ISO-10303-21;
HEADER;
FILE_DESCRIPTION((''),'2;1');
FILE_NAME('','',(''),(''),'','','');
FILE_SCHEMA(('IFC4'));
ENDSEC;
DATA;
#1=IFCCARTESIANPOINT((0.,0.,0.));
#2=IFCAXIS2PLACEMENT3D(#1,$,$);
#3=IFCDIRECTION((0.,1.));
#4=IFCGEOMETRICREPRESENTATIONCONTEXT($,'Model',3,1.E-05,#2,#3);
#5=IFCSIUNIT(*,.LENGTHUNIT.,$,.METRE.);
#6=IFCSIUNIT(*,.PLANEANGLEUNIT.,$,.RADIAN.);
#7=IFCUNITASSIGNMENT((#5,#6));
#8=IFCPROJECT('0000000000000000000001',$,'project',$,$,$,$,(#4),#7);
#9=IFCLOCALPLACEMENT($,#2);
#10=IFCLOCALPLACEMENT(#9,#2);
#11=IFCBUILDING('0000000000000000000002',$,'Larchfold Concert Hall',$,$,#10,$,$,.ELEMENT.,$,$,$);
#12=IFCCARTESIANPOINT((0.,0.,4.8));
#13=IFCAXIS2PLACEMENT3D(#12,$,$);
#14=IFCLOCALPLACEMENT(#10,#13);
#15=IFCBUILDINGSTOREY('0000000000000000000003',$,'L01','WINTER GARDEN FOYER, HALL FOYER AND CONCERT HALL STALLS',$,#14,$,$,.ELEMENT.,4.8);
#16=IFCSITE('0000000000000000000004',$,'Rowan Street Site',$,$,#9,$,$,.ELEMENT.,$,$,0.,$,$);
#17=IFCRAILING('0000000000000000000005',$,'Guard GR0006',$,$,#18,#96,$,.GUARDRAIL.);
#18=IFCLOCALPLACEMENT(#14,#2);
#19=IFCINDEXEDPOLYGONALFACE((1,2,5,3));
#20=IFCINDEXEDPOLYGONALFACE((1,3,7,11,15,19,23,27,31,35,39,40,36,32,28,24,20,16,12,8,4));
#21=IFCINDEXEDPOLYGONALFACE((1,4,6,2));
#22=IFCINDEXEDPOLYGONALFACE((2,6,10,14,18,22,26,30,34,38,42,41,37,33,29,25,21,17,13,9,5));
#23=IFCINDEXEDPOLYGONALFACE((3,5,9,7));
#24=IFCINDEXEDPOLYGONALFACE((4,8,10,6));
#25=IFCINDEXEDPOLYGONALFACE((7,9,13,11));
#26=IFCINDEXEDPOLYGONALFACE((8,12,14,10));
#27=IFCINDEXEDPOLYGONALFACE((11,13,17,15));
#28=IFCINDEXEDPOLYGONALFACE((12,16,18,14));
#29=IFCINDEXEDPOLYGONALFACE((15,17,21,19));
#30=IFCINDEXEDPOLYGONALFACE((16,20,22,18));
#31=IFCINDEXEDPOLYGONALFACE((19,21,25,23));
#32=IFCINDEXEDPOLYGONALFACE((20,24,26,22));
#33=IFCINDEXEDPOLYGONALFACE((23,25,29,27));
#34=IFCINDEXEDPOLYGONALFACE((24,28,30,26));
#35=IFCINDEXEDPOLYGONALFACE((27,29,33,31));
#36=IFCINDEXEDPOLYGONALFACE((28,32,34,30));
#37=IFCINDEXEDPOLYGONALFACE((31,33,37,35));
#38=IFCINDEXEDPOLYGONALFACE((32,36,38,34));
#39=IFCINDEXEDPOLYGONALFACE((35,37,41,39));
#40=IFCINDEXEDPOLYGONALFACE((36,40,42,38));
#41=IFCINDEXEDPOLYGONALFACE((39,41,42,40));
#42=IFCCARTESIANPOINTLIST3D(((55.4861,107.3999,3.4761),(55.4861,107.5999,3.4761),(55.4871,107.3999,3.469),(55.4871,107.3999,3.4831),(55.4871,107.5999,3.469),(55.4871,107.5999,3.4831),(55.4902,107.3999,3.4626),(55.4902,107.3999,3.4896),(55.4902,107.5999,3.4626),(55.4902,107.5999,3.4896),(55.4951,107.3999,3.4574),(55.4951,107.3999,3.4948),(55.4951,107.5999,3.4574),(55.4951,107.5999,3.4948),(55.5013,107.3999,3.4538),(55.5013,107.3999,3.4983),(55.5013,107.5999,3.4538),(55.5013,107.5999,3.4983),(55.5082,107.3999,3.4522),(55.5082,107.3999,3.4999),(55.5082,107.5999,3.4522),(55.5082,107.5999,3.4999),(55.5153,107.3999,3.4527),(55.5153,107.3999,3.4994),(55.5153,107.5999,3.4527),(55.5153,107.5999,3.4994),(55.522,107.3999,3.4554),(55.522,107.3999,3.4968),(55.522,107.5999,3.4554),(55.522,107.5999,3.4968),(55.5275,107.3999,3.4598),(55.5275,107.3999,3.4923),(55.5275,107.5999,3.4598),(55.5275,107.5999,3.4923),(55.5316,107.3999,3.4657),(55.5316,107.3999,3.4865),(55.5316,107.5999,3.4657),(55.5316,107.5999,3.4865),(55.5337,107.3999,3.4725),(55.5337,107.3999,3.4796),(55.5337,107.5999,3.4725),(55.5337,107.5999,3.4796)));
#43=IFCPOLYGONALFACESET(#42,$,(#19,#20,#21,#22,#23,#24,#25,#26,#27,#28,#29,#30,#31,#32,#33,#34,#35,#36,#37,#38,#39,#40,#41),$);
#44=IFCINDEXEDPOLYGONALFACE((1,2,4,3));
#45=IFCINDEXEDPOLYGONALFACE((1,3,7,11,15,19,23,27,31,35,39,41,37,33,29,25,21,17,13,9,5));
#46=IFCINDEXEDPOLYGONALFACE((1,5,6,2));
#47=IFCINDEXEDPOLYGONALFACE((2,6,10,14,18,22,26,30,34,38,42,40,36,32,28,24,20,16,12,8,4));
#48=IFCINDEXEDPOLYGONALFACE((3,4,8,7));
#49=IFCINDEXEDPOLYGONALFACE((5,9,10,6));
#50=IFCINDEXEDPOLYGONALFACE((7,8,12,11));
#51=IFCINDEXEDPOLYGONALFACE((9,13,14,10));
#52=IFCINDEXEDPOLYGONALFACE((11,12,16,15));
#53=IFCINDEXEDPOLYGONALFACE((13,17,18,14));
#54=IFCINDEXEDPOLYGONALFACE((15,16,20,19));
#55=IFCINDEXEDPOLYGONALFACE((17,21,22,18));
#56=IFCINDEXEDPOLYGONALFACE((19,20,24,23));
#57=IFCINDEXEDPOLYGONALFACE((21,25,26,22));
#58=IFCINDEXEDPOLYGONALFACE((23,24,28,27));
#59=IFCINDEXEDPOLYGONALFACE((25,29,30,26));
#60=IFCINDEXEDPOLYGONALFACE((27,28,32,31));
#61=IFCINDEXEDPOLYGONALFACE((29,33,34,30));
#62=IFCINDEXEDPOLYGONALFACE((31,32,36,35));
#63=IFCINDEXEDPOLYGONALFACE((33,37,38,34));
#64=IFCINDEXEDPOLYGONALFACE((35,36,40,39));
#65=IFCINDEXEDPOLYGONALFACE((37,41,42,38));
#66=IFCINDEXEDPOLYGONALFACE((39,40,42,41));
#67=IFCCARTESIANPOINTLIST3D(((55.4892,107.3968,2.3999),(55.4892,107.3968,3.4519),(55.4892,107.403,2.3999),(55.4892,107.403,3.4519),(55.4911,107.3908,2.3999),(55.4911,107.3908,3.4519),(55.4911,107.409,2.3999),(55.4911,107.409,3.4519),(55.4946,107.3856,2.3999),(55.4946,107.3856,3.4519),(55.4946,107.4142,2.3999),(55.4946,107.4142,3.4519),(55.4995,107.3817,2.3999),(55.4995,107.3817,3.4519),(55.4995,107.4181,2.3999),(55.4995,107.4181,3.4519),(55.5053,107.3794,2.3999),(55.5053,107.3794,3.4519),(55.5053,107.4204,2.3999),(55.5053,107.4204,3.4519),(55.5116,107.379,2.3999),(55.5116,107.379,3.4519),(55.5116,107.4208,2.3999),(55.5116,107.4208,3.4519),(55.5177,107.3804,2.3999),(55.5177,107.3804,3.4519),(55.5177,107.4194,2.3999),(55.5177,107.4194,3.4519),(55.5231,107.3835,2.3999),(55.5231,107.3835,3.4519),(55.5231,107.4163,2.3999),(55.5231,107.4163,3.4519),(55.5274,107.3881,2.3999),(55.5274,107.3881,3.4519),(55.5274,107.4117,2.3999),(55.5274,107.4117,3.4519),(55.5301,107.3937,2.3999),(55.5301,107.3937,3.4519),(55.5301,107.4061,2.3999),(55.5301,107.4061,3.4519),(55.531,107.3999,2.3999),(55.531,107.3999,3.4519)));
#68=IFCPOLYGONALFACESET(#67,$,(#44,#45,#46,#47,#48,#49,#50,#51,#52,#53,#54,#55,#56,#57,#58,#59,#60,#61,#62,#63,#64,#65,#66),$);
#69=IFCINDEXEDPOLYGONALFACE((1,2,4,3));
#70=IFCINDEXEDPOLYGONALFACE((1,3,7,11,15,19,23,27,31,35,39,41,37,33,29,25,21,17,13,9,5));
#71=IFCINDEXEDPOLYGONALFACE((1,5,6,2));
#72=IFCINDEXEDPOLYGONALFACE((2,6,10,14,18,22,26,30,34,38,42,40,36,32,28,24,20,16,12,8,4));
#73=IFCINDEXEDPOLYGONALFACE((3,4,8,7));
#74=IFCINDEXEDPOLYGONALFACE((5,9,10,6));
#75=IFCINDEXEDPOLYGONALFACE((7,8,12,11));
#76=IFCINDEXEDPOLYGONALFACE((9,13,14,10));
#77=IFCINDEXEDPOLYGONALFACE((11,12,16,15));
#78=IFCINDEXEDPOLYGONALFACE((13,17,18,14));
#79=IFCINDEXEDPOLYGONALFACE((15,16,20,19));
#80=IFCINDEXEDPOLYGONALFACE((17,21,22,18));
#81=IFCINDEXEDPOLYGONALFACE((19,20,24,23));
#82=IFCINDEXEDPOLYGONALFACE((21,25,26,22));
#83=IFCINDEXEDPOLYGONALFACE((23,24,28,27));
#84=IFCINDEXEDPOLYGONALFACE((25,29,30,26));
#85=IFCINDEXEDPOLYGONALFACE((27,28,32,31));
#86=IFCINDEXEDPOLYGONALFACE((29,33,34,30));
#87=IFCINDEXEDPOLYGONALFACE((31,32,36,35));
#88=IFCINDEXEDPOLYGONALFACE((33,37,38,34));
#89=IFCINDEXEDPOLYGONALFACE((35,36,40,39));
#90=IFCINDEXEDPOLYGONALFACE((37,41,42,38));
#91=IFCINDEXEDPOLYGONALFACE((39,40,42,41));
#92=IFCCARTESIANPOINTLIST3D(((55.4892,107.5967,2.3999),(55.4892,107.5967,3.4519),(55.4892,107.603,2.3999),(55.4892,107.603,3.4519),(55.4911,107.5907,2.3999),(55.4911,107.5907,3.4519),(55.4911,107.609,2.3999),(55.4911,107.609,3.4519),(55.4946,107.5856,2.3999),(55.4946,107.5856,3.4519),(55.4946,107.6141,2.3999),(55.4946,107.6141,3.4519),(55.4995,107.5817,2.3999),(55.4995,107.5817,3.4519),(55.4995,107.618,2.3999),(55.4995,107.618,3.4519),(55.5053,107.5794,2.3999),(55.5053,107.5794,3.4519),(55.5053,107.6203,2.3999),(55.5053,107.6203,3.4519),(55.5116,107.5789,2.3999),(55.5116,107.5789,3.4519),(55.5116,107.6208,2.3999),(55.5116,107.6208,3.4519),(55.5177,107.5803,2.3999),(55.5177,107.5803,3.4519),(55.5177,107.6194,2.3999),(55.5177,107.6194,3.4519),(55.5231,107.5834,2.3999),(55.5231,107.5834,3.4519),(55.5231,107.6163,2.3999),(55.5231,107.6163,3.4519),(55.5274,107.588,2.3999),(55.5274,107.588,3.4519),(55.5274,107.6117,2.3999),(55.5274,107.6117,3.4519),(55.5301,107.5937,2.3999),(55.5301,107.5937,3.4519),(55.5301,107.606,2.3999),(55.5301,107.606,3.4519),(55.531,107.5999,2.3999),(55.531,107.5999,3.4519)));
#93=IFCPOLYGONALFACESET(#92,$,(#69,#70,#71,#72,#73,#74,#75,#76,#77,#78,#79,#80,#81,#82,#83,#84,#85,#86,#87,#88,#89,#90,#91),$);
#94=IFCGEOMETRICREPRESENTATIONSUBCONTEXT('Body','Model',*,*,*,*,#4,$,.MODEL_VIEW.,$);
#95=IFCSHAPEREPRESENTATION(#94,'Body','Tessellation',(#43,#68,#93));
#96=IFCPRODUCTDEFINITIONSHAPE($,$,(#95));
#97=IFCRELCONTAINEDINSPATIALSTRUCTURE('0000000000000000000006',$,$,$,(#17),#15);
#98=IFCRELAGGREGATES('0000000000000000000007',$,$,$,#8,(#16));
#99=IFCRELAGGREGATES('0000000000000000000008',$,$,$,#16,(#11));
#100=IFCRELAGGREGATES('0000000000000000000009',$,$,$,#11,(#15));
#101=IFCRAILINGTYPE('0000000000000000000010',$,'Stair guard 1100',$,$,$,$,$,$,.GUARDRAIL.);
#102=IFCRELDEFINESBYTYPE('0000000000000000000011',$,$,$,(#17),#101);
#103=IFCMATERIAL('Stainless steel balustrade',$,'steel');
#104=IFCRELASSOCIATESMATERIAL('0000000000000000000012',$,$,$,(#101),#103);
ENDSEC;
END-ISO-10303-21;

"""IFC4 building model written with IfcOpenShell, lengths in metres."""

from ifc_helpers import new_model, si_unit, direction, frame, origin, origin_2d, place, context, subcontext, project, spatial, circle, extrude, material, type_object, element, save


model = new_model("IFC4")

# Units and contexts
model_context = context("Model", 3, precision=1e-05, world=origin(), true_north=direction((0.0, 1.0)))
body_context = subcontext(model_context, "Body", "Model", "MODEL_VIEW")
ifc_project = project(units=[si_unit("LENGTHUNIT", "METRE"), si_unit("PLANEANGLEUNIT", "RADIAN")], contexts=[model_context])

# Site, building, storey
site_placement = place(None, origin())
site = spatial("IfcSite", under=ifc_project, at=site_placement, Name="Rowan Street Site", CompositionType="ELEMENT", RefElevation=0.0)
building_placement = place(site_placement, origin())
building = spatial("IfcBuilding", under=site, at=building_placement, Name="Larchfold Concert Hall", CompositionType="ELEMENT")
storey_placement = place(building_placement, frame((0.0, 0.0, 4.8)))
storey = spatial("IfcBuildingStorey", under=building, at=storey_placement, Name="L01", Description="WINTER GARDEN FOYER, HALL FOYER AND CONCERT HALL STALLS", CompositionType="ELEMENT", Elevation=4.8)

# Railing
ifc_material_1 = material(Name="Stainless steel balustrade", Category="steel")
railing_type_1 = type_object("IfcRailingType", Name="Stair guard 1100", PredefinedType="GUARDRAIL", material=ifc_material_1)
railing_1_placement = place(storey_placement, frame((55.51, 107.3999, 2.3999)))
element("IfcRailing", 1, at=railing_1_placement, inside=storey, type_object=railing_type_1, Name="Guard GR0006", PredefinedType="GUARDRAIL", context=body_context, shape_type="SweptSolid", body=[
    extrude(circle(Radius=0.0239, at=origin_2d()), frame((0.0, 0.0, 1.0762), z_axis=(0.0, 1.0, 0.0), x_axis=(-1.0, 0.0, 0.0)), (0.0, 0.0, 1.0), 0.2),
    extrude(circle(Radius=0.021, at=origin_2d()), origin(), (0.0, 0.0, 1.0), 1.052),
    extrude(circle(Radius=0.021, at=origin_2d()), frame((0.0, 0.2, 0.0)), (0.0, 0.0, 1.0), 1.052),
])

save(model, "model.ifc")
